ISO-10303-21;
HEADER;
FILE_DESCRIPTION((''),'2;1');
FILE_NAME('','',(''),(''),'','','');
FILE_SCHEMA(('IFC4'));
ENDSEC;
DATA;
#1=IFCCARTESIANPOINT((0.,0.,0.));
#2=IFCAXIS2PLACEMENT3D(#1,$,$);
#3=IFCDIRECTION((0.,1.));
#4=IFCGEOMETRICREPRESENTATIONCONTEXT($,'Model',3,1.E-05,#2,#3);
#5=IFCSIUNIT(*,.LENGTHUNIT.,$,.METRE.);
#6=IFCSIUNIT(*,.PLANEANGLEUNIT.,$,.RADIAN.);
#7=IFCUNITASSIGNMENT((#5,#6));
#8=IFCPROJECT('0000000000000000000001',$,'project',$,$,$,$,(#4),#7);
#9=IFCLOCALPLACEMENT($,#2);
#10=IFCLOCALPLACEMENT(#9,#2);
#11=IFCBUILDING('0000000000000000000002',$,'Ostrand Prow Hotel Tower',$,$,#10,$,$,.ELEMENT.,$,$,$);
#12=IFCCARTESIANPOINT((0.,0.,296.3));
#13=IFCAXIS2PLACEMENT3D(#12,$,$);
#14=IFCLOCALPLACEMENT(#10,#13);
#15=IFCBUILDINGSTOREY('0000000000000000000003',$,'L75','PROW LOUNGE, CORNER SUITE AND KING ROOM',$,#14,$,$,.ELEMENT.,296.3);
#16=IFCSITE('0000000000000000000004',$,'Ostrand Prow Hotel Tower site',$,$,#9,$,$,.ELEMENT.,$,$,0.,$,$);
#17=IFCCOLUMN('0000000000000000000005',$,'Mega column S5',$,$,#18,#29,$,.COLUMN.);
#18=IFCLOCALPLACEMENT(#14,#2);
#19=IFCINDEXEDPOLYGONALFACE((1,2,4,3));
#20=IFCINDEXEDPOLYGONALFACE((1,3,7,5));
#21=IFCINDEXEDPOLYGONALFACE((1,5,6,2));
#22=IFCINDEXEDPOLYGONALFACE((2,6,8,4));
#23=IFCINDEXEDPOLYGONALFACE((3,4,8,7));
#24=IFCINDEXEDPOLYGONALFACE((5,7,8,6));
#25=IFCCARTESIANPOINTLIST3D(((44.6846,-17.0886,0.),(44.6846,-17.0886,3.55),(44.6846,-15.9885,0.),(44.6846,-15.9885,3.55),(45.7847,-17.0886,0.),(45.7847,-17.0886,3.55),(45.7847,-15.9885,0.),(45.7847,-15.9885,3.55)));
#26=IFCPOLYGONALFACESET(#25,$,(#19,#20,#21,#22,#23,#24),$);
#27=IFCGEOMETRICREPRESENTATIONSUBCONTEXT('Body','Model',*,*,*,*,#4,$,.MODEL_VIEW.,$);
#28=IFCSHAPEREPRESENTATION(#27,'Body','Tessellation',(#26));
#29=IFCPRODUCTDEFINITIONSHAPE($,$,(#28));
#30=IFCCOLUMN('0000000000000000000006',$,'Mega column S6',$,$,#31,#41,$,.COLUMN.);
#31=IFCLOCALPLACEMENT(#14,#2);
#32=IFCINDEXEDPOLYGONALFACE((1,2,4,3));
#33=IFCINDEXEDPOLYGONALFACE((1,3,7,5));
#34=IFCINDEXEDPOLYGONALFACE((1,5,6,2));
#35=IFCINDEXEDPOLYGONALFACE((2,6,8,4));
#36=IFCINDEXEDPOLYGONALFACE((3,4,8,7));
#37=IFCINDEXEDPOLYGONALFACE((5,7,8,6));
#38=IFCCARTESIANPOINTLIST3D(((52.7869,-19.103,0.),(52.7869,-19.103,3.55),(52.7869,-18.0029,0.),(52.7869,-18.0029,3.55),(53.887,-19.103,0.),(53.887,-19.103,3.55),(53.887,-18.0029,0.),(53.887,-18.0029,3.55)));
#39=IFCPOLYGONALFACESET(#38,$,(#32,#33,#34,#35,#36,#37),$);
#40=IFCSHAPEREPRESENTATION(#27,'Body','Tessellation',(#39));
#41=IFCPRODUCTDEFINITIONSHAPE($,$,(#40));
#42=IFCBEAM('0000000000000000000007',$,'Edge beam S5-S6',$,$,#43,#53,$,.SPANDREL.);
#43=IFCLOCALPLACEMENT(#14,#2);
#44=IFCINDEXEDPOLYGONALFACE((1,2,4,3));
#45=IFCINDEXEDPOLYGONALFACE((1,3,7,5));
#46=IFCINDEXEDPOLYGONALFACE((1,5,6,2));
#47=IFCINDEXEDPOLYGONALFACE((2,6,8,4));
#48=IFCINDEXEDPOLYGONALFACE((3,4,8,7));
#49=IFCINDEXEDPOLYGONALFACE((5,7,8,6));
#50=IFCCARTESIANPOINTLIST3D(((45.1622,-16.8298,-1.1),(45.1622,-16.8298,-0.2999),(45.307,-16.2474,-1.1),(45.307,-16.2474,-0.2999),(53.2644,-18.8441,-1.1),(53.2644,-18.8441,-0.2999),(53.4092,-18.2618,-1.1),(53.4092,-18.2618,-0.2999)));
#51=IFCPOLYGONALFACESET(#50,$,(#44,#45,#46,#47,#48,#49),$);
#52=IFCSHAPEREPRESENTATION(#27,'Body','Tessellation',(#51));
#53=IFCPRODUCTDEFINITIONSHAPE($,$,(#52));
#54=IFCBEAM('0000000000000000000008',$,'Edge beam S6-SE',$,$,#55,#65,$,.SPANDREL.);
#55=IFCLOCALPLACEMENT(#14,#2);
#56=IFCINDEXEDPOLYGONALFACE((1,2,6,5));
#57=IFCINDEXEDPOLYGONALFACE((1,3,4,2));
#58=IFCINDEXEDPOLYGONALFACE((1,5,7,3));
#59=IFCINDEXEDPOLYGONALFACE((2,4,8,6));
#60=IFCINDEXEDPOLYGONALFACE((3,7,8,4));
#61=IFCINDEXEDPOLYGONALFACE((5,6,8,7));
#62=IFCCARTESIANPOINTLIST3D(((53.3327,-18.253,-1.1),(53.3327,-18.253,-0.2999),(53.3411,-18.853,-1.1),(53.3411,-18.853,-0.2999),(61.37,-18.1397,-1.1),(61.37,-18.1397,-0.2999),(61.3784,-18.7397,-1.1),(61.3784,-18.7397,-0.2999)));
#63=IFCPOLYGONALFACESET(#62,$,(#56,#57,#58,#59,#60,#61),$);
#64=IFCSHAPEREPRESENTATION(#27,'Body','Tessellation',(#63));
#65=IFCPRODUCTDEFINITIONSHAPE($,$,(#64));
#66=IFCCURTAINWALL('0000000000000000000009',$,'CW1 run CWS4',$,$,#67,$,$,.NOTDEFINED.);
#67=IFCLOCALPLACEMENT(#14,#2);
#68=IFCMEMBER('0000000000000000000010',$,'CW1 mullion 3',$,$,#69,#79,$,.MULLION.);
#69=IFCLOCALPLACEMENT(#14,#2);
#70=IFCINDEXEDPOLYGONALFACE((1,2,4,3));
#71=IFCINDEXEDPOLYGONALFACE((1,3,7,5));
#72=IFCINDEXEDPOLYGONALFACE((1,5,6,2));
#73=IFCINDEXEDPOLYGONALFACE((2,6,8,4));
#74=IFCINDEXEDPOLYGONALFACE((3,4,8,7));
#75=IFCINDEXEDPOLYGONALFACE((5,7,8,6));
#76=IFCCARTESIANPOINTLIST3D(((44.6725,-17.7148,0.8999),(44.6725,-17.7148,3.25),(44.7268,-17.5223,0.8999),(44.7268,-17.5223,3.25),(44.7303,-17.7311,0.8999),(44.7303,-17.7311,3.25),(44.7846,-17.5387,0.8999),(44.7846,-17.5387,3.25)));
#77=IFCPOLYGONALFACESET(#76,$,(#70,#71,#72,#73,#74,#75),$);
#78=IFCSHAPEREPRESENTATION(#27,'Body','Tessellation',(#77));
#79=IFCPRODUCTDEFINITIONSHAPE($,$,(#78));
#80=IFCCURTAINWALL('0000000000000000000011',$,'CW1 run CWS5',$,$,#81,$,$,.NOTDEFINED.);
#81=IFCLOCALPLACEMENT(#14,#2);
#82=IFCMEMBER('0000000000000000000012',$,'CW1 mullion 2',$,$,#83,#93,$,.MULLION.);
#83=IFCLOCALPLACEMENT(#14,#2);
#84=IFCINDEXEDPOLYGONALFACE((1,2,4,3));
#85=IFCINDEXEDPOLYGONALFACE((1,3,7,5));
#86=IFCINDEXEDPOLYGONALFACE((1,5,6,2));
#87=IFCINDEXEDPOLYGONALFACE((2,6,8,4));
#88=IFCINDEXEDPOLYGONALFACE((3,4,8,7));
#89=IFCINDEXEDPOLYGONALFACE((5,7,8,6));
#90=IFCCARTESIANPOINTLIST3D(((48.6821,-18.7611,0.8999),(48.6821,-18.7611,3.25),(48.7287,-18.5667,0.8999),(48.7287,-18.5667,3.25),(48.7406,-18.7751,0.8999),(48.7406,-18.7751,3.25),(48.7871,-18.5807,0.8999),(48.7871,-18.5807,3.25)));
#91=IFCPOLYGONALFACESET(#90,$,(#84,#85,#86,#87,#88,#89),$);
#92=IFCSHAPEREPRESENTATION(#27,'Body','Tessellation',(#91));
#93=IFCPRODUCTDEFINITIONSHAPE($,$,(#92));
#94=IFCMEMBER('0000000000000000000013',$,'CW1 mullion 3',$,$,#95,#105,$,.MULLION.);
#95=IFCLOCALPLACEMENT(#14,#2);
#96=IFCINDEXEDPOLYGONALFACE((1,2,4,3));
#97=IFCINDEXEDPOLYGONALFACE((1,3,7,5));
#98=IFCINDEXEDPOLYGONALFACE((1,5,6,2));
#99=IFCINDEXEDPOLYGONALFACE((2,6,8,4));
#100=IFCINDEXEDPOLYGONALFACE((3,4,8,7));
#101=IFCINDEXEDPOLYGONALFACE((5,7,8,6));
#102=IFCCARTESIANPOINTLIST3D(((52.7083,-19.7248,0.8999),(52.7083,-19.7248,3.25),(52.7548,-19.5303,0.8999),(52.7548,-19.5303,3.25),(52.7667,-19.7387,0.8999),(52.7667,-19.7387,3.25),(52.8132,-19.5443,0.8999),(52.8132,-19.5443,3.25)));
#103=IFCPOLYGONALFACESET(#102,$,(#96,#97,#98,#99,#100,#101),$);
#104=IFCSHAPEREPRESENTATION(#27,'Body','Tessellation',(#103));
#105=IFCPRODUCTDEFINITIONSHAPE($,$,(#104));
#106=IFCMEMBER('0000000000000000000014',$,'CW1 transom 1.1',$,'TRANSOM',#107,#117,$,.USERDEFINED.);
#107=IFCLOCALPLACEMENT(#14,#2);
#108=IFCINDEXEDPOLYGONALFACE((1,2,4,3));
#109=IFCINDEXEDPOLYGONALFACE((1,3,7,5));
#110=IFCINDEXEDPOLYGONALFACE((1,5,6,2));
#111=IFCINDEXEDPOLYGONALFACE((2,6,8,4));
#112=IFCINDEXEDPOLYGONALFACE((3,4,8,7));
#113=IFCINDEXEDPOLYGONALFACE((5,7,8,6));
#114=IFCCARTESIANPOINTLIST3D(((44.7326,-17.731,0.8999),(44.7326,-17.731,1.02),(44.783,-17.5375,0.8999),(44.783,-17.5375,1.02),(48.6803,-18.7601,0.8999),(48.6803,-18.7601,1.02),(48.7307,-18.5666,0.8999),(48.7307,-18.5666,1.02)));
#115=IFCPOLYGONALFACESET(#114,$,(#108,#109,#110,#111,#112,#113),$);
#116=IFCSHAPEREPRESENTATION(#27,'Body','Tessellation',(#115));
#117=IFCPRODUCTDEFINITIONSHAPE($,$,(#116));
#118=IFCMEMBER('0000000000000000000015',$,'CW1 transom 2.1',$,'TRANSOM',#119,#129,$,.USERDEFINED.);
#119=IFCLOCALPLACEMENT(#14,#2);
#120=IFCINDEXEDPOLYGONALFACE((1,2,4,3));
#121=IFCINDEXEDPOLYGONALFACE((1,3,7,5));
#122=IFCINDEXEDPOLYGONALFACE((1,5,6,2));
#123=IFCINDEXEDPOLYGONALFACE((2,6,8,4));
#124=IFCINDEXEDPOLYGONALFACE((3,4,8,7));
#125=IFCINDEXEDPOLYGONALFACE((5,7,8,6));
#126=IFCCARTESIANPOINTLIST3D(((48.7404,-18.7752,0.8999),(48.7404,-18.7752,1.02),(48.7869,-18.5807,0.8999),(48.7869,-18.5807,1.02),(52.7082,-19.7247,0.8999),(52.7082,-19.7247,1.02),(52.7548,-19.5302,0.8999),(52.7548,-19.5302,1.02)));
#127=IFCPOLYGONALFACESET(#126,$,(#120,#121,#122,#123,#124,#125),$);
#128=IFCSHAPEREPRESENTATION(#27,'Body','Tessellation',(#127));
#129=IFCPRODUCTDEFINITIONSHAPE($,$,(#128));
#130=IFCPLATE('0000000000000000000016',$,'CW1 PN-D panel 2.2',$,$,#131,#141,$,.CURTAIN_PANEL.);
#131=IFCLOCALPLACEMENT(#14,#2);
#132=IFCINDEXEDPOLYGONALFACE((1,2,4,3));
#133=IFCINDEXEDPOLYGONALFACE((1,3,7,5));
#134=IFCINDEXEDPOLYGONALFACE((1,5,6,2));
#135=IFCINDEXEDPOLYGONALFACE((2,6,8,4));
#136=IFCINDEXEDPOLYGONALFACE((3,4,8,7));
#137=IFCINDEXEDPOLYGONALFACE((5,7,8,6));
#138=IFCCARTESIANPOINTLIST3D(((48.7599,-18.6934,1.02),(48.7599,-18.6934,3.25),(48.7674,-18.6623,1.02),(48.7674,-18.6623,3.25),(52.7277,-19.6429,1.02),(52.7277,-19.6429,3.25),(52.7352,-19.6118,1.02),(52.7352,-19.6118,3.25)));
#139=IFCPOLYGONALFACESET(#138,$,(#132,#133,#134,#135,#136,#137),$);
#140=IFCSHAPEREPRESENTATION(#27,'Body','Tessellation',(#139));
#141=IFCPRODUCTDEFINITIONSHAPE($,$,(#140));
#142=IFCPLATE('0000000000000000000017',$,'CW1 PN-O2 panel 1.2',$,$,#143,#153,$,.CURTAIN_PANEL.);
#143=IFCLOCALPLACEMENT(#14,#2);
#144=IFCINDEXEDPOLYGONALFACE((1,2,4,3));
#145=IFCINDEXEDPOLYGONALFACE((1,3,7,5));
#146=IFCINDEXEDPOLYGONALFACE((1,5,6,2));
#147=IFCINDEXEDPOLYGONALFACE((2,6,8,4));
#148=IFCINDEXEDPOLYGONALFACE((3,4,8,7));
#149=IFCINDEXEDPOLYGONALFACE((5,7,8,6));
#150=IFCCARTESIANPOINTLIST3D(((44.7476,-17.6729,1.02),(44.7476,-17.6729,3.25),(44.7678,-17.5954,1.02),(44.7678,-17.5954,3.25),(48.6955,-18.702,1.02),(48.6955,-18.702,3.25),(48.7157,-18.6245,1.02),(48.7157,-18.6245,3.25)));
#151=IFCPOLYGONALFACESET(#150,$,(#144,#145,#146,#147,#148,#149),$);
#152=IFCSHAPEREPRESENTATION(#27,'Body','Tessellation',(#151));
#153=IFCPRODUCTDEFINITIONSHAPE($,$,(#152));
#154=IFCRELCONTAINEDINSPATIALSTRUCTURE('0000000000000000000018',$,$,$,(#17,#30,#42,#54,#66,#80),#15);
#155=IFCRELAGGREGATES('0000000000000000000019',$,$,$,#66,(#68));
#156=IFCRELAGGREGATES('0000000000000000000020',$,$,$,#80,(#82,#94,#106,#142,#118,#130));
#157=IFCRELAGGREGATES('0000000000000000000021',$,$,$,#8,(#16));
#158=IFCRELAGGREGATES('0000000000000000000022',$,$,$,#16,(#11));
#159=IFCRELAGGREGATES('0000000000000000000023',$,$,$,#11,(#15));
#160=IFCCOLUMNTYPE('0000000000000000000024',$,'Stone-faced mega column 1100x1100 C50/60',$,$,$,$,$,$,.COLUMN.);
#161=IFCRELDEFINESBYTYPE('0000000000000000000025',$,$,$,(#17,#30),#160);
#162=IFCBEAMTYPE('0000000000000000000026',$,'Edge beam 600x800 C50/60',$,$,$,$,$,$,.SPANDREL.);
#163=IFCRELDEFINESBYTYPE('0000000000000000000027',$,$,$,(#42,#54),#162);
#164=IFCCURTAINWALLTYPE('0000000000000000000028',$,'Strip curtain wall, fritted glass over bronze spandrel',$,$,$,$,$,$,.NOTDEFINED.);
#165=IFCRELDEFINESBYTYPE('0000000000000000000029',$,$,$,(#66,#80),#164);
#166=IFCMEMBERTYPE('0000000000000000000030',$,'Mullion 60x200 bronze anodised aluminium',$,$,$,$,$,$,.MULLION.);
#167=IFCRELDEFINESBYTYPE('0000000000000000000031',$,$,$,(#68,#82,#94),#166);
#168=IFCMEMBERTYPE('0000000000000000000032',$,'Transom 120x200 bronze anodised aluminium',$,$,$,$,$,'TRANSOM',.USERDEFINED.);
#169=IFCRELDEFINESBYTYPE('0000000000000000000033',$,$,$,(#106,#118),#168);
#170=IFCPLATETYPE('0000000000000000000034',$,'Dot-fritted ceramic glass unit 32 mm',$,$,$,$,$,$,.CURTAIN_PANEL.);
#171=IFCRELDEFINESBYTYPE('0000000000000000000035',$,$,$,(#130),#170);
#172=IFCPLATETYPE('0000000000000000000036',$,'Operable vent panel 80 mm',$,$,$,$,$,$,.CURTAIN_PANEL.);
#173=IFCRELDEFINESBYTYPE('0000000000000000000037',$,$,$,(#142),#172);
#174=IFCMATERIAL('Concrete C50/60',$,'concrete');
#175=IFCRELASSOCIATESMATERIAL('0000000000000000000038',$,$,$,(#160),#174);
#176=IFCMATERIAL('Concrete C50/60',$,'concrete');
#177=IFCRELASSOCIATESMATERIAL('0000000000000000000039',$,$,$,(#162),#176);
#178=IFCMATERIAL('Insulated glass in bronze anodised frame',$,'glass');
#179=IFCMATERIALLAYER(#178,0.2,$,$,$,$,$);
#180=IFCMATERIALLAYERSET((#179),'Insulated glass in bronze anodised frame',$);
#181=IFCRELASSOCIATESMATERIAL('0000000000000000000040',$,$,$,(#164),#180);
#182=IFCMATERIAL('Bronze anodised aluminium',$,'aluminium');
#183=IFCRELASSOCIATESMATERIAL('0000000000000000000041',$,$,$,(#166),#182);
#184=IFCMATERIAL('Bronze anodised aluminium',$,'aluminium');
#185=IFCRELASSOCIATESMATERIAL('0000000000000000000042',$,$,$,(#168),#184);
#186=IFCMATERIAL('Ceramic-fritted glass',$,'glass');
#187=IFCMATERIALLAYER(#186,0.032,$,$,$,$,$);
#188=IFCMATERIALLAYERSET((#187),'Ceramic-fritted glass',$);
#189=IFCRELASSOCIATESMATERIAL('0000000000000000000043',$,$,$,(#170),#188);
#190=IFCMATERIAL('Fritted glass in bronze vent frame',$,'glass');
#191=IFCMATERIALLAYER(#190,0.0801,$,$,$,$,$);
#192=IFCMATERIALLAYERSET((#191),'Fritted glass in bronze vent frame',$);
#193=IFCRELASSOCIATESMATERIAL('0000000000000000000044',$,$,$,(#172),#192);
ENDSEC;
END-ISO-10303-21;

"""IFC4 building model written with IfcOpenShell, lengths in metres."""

from ifc_helpers import new_model, si_unit, direction, frame, origin, origin_2d, place, context, subcontext, project, spatial, rectangle, extrude, material, layer, layer_set, material_profile, profile_set, type_object, element, aggregate, save


model = new_model("IFC4")

# Units and contexts
model_context = context("Model", 3, precision=1e-05, world=origin(), true_north=direction((0.0, 1.0)))
body_context = subcontext(model_context, "Body", "Model", "MODEL_VIEW")
ifc_project = project(units=[si_unit("LENGTHUNIT", "METRE"), si_unit("PLANEANGLEUNIT", "RADIAN")], contexts=[model_context])

# Site, building, storey
site_placement = place(None, origin())
site = spatial("IfcSite", under=ifc_project, at=site_placement, Name="Ostrand Prow Hotel Tower site", CompositionType="ELEMENT", RefElevation=0.0)
building_placement = place(site_placement, origin())
building = spatial("IfcBuilding", under=site, at=building_placement, Name="Ostrand Prow Hotel Tower", CompositionType="ELEMENT")
storey_placement = place(building_placement, frame((0.0, 0.0, 296.3)))
storey = spatial("IfcBuildingStorey", under=building, at=storey_placement, Name="L75", Description="PROW LOUNGE, CORNER SUITE AND KING ROOM", CompositionType="ELEMENT", Elevation=296.3)

# Columns
ifc_material_1 = material(Name="Concrete C50/60", Category="concrete")
ifc_material_profile_1 = material_profile(ifc_material_1, rectangle(XDim=1.1001, YDim=1.1001, at=origin_2d()), Name="RC 1100x1100")
ifc_profile_set_1 = profile_set([ifc_material_profile_1], Name="Concrete C50/60")
column_type = type_object("IfcColumnType", Name="Stone-faced mega column 1100x1100 C50/60", PredefinedType="COLUMN", material=ifc_profile_set_1)
for number, where, z_axis, x_axis, name in (
    (1, (45.2346, -16.5386, 0.0), (0.0, 0.0, 1.0), (1.0, 0.0, 0.0), "Mega column S5"),
    (2, (53.3369, -18.553, 0.0), (0.0, 0.0, 1.0), (1.0, 0.0, 0.0), "Mega column S6"),
):
    element("IfcColumn", number, at=place(storey_placement, frame(where, z_axis=z_axis, x_axis=x_axis)), inside=storey, type_object=column_type, Name=name, PredefinedType="COLUMN", context=body_context, shape_type="SweptSolid", body=[
        extrude(rectangle(XDim=1.1001, YDim=1.1001, at=origin_2d()), origin(), (0.0, 0.0, 1.0), 3.55),
    ])

# Beams
ifc_material_2 = material(Name="Concrete C50/60", Category="concrete")
ifc_material_profile_2 = material_profile(ifc_material_2, rectangle(XDim=0.6001, YDim=0.8, at=origin_2d()), Name="RC 600x800")
ifc_profile_set_2 = profile_set([ifc_material_profile_2], Name="Concrete C50/60")
beam_type = type_object("IfcBeamType", Name="Edge beam 600x800 C50/60", PredefinedType="SPANDREL", material=ifc_profile_set_2)
beam_1_placement = place(storey_placement, frame((45.2346, -16.5386, -0.7), z_axis=(0.970456, -0.241276, 0.0), x_axis=(0.241276, 0.970456, 0.0)))
element("IfcBeam", 3, at=beam_1_placement, inside=storey, type_object=beam_type, Name="Edge beam S5-S6", PredefinedType="SPANDREL", context=body_context, shape_type="SweptSolid", body=[
    extrude(rectangle(XDim=0.6001, YDim=0.8, at=origin_2d()), origin(), (0.0, 0.0, 1.0), 8.3489),
])
beam_2_placement = place(storey_placement, frame((53.3369, -18.553, -0.7), z_axis=(0.999901, 0.014093, 0.0), x_axis=(-0.014093, 0.999901, 0.0)))
element("IfcBeam", 4, at=beam_2_placement, inside=storey, type_object=beam_type, Name="Edge beam S6-SE", PredefinedType="SPANDREL", context=body_context, shape_type="SweptSolid", body=[
    extrude(rectangle(XDim=0.6001, YDim=0.8, at=origin_2d()), origin(), (0.0, 0.0, 1.0), 8.0381),
])

# Curtain wall, member
ifc_material_3 = material(Name="Insulated glass in bronze anodised frame", Category="glass")
ifc_layer_1 = layer(ifc_material_3, 0.2)
ifc_layer_set_1 = layer_set([ifc_layer_1], Name="Insulated glass in bronze anodised frame")
curtain_wall_type = type_object("IfcCurtainWallType", Name="Strip curtain wall, fritted glass over bronze spandrel", PredefinedType="NOTDEFINED", material=ifc_layer_set_1)
curtain_wall_1_placement = place(storey_placement, origin())
curtain_wall_1 = element("IfcCurtainWall", 5, at=curtain_wall_1_placement, inside=storey, type_object=curtain_wall_type, Name="CW1 run CWS4", PredefinedType="NOTDEFINED")
ifc_material_4 = material(Name="Bronze anodised aluminium", Category="aluminium")
ifc_material_profile_3 = material_profile(ifc_material_4, rectangle(XDim=0.2, YDim=0.0601, at=origin_2d()), Name="Mullion 60x200 bronze anodised aluminium")
ifc_profile_set_3 = profile_set([ifc_material_profile_3], Name="Bronze anodised aluminium")
member_type_1 = type_object("IfcMemberType", Name="Mullion 60x200 bronze anodised aluminium", PredefinedType="MULLION", material=ifc_profile_set_3)
member_1_placement = place(storey_placement, frame((44.7285, -17.6267, 0.8999), z_axis=(0.0, 0.0, 1.0), x_axis=(0.271649, 0.962396, 0.0)))
member_1 = element("IfcMember", 6, at=member_1_placement, type_object=member_type_1, Name="CW1 mullion 3", PredefinedType="MULLION", context=body_context, shape_type="SweptSolid", body=[
    extrude(rectangle(XDim=0.2, YDim=0.0601, at=origin_2d()), origin(), (0.0, 0.0, 1.0), 2.3501),
])
aggregate(curtain_wall_1, [member_1])

# Curtain wall, members, plates
curtain_wall_2_placement = place(storey_placement, origin())
curtain_wall_2 = element("IfcCurtainWall", 7, at=curtain_wall_2_placement, inside=storey, type_object=curtain_wall_type, Name="CW1 run CWS5", PredefinedType="NOTDEFINED")
member_2_placement = place(storey_placement, frame((48.7346, -18.6709, 0.8999), z_axis=(0.0, 0.0, 1.0), x_axis=(0.232746, 0.972538, 0.0)))
member_2 = element("IfcMember", 8, at=member_2_placement, type_object=member_type_1, Name="CW1 mullion 2", PredefinedType="MULLION", context=body_context, shape_type="SweptSolid", body=[
    extrude(rectangle(XDim=0.2, YDim=0.0601, at=origin_2d()), origin(), (0.0, 0.0, 1.0), 2.3501),
])
member_3_placement = place(storey_placement, frame((52.7607, -19.6345, 0.8999), z_axis=(0.0, 0.0, 1.0), x_axis=(0.232746, 0.972538, 0.0)))
member_3 = element("IfcMember", 9, at=member_3_placement, type_object=member_type_1, Name="CW1 mullion 3", PredefinedType="MULLION", context=body_context, shape_type="SweptSolid", body=[
    extrude(rectangle(XDim=0.2, YDim=0.0601, at=origin_2d()), origin(), (0.0, 0.0, 1.0), 2.3501),
])
ifc_material_5 = material(Name="Bronze anodised aluminium", Category="aluminium")
ifc_material_profile_4 = material_profile(ifc_material_5, rectangle(XDim=0.2, YDim=0.1201, at=origin_2d()), Name="Transom 120x200 bronze anodised aluminium")
ifc_profile_set_4 = profile_set([ifc_material_profile_4], Name="Bronze anodised aluminium")
member_type_2 = type_object("IfcMemberType", Name="Transom 120x200 bronze anodised aluminium", ElementType="TRANSOM", PredefinedType="USERDEFINED", material=ifc_profile_set_4)
member_4_placement = place(storey_placement, frame((44.7578, -17.6343, 0.96), z_axis=(0.967665, -0.252239, 0.0), x_axis=(0.252239, 0.967665, 0.0)))
member_4 = element("IfcMember", 10, at=member_4_placement, type_object=member_type_2, Name="CW1 transom 1.1", ObjectType="TRANSOM", PredefinedType="USERDEFINED", context=body_context, shape_type="SweptSolid", body=[
    extrude(rectangle(XDim=0.2, YDim=0.1201, at=origin_2d()), origin(), (0.0, 0.0, 1.0), 4.0796),
])
member_5_placement = place(storey_placement, frame((48.7637, -18.678, 0.96), z_axis=(0.972543, -0.232723, 0.0), x_axis=(0.232723, 0.972543, 0.0)))
member_5 = element("IfcMember", 11, at=member_5_placement, type_object=member_type_2, Name="CW1 transom 2.1", ObjectType="TRANSOM", PredefinedType="USERDEFINED", context=body_context, shape_type="SweptSolid", body=[
    extrude(rectangle(XDim=0.2, YDim=0.1201, at=origin_2d()), origin(), (0.0, 0.0, 1.0), 4.0798),
])
ifc_material_6 = material(Name="Ceramic-fritted glass", Category="glass")
ifc_layer_2 = layer(ifc_material_6, 0.032)
ifc_layer_set_2 = layer_set([ifc_layer_2], Name="Ceramic-fritted glass")
plate_type_1 = type_object("IfcPlateType", Name="Dot-fritted ceramic glass unit 32 mm", PredefinedType="CURTAIN_PANEL", material=ifc_layer_set_2)
plate_1_placement = place(storey_placement, frame((50.7476, -19.1526, 1.02), z_axis=(0.0, 0.0, 1.0), x_axis=(0.972538, -0.232746, 0.0)))
plate_1 = element("IfcPlate", 12, at=plate_1_placement, type_object=plate_type_1, Name="CW1 PN-D panel 2.2", PredefinedType="CURTAIN_PANEL", context=body_context, shape_type="SweptSolid", body=[
    extrude(rectangle(XDim=4.0798, YDim=0.032, at=origin_2d()), origin(), (0.0, 0.0, 1.0), 2.23),
])
ifc_material_7 = material(Name="Fritted glass in bronze vent frame", Category="glass")
ifc_layer_3 = layer(ifc_material_7, 0.0801)
ifc_layer_set_3 = layer_set([ifc_layer_3], Name="Fritted glass in bronze vent frame")
plate_type_2 = type_object("IfcPlateType", Name="Operable vent panel 80 mm", PredefinedType="CURTAIN_PANEL", material=ifc_layer_set_3)
plate_2_placement = place(storey_placement, frame((46.7317, -18.1487, 1.02), z_axis=(0.0, 0.0, 1.0), x_axis=(0.967663, -0.252248, 0.0)))
plate_2 = element("IfcPlate", 13, at=plate_2_placement, type_object=plate_type_2, Name="CW1 PN-O2 panel 1.2", PredefinedType="CURTAIN_PANEL", context=body_context, shape_type="SweptSolid", body=[
    extrude(rectangle(XDim=4.0798, YDim=0.0801, at=origin_2d()), origin(), (0.0, 0.0, 1.0), 2.23),
])
aggregate(curtain_wall_2, [member_2, member_3, member_4, plate_2, member_5, plate_1])

save(model, "model.ifc")
